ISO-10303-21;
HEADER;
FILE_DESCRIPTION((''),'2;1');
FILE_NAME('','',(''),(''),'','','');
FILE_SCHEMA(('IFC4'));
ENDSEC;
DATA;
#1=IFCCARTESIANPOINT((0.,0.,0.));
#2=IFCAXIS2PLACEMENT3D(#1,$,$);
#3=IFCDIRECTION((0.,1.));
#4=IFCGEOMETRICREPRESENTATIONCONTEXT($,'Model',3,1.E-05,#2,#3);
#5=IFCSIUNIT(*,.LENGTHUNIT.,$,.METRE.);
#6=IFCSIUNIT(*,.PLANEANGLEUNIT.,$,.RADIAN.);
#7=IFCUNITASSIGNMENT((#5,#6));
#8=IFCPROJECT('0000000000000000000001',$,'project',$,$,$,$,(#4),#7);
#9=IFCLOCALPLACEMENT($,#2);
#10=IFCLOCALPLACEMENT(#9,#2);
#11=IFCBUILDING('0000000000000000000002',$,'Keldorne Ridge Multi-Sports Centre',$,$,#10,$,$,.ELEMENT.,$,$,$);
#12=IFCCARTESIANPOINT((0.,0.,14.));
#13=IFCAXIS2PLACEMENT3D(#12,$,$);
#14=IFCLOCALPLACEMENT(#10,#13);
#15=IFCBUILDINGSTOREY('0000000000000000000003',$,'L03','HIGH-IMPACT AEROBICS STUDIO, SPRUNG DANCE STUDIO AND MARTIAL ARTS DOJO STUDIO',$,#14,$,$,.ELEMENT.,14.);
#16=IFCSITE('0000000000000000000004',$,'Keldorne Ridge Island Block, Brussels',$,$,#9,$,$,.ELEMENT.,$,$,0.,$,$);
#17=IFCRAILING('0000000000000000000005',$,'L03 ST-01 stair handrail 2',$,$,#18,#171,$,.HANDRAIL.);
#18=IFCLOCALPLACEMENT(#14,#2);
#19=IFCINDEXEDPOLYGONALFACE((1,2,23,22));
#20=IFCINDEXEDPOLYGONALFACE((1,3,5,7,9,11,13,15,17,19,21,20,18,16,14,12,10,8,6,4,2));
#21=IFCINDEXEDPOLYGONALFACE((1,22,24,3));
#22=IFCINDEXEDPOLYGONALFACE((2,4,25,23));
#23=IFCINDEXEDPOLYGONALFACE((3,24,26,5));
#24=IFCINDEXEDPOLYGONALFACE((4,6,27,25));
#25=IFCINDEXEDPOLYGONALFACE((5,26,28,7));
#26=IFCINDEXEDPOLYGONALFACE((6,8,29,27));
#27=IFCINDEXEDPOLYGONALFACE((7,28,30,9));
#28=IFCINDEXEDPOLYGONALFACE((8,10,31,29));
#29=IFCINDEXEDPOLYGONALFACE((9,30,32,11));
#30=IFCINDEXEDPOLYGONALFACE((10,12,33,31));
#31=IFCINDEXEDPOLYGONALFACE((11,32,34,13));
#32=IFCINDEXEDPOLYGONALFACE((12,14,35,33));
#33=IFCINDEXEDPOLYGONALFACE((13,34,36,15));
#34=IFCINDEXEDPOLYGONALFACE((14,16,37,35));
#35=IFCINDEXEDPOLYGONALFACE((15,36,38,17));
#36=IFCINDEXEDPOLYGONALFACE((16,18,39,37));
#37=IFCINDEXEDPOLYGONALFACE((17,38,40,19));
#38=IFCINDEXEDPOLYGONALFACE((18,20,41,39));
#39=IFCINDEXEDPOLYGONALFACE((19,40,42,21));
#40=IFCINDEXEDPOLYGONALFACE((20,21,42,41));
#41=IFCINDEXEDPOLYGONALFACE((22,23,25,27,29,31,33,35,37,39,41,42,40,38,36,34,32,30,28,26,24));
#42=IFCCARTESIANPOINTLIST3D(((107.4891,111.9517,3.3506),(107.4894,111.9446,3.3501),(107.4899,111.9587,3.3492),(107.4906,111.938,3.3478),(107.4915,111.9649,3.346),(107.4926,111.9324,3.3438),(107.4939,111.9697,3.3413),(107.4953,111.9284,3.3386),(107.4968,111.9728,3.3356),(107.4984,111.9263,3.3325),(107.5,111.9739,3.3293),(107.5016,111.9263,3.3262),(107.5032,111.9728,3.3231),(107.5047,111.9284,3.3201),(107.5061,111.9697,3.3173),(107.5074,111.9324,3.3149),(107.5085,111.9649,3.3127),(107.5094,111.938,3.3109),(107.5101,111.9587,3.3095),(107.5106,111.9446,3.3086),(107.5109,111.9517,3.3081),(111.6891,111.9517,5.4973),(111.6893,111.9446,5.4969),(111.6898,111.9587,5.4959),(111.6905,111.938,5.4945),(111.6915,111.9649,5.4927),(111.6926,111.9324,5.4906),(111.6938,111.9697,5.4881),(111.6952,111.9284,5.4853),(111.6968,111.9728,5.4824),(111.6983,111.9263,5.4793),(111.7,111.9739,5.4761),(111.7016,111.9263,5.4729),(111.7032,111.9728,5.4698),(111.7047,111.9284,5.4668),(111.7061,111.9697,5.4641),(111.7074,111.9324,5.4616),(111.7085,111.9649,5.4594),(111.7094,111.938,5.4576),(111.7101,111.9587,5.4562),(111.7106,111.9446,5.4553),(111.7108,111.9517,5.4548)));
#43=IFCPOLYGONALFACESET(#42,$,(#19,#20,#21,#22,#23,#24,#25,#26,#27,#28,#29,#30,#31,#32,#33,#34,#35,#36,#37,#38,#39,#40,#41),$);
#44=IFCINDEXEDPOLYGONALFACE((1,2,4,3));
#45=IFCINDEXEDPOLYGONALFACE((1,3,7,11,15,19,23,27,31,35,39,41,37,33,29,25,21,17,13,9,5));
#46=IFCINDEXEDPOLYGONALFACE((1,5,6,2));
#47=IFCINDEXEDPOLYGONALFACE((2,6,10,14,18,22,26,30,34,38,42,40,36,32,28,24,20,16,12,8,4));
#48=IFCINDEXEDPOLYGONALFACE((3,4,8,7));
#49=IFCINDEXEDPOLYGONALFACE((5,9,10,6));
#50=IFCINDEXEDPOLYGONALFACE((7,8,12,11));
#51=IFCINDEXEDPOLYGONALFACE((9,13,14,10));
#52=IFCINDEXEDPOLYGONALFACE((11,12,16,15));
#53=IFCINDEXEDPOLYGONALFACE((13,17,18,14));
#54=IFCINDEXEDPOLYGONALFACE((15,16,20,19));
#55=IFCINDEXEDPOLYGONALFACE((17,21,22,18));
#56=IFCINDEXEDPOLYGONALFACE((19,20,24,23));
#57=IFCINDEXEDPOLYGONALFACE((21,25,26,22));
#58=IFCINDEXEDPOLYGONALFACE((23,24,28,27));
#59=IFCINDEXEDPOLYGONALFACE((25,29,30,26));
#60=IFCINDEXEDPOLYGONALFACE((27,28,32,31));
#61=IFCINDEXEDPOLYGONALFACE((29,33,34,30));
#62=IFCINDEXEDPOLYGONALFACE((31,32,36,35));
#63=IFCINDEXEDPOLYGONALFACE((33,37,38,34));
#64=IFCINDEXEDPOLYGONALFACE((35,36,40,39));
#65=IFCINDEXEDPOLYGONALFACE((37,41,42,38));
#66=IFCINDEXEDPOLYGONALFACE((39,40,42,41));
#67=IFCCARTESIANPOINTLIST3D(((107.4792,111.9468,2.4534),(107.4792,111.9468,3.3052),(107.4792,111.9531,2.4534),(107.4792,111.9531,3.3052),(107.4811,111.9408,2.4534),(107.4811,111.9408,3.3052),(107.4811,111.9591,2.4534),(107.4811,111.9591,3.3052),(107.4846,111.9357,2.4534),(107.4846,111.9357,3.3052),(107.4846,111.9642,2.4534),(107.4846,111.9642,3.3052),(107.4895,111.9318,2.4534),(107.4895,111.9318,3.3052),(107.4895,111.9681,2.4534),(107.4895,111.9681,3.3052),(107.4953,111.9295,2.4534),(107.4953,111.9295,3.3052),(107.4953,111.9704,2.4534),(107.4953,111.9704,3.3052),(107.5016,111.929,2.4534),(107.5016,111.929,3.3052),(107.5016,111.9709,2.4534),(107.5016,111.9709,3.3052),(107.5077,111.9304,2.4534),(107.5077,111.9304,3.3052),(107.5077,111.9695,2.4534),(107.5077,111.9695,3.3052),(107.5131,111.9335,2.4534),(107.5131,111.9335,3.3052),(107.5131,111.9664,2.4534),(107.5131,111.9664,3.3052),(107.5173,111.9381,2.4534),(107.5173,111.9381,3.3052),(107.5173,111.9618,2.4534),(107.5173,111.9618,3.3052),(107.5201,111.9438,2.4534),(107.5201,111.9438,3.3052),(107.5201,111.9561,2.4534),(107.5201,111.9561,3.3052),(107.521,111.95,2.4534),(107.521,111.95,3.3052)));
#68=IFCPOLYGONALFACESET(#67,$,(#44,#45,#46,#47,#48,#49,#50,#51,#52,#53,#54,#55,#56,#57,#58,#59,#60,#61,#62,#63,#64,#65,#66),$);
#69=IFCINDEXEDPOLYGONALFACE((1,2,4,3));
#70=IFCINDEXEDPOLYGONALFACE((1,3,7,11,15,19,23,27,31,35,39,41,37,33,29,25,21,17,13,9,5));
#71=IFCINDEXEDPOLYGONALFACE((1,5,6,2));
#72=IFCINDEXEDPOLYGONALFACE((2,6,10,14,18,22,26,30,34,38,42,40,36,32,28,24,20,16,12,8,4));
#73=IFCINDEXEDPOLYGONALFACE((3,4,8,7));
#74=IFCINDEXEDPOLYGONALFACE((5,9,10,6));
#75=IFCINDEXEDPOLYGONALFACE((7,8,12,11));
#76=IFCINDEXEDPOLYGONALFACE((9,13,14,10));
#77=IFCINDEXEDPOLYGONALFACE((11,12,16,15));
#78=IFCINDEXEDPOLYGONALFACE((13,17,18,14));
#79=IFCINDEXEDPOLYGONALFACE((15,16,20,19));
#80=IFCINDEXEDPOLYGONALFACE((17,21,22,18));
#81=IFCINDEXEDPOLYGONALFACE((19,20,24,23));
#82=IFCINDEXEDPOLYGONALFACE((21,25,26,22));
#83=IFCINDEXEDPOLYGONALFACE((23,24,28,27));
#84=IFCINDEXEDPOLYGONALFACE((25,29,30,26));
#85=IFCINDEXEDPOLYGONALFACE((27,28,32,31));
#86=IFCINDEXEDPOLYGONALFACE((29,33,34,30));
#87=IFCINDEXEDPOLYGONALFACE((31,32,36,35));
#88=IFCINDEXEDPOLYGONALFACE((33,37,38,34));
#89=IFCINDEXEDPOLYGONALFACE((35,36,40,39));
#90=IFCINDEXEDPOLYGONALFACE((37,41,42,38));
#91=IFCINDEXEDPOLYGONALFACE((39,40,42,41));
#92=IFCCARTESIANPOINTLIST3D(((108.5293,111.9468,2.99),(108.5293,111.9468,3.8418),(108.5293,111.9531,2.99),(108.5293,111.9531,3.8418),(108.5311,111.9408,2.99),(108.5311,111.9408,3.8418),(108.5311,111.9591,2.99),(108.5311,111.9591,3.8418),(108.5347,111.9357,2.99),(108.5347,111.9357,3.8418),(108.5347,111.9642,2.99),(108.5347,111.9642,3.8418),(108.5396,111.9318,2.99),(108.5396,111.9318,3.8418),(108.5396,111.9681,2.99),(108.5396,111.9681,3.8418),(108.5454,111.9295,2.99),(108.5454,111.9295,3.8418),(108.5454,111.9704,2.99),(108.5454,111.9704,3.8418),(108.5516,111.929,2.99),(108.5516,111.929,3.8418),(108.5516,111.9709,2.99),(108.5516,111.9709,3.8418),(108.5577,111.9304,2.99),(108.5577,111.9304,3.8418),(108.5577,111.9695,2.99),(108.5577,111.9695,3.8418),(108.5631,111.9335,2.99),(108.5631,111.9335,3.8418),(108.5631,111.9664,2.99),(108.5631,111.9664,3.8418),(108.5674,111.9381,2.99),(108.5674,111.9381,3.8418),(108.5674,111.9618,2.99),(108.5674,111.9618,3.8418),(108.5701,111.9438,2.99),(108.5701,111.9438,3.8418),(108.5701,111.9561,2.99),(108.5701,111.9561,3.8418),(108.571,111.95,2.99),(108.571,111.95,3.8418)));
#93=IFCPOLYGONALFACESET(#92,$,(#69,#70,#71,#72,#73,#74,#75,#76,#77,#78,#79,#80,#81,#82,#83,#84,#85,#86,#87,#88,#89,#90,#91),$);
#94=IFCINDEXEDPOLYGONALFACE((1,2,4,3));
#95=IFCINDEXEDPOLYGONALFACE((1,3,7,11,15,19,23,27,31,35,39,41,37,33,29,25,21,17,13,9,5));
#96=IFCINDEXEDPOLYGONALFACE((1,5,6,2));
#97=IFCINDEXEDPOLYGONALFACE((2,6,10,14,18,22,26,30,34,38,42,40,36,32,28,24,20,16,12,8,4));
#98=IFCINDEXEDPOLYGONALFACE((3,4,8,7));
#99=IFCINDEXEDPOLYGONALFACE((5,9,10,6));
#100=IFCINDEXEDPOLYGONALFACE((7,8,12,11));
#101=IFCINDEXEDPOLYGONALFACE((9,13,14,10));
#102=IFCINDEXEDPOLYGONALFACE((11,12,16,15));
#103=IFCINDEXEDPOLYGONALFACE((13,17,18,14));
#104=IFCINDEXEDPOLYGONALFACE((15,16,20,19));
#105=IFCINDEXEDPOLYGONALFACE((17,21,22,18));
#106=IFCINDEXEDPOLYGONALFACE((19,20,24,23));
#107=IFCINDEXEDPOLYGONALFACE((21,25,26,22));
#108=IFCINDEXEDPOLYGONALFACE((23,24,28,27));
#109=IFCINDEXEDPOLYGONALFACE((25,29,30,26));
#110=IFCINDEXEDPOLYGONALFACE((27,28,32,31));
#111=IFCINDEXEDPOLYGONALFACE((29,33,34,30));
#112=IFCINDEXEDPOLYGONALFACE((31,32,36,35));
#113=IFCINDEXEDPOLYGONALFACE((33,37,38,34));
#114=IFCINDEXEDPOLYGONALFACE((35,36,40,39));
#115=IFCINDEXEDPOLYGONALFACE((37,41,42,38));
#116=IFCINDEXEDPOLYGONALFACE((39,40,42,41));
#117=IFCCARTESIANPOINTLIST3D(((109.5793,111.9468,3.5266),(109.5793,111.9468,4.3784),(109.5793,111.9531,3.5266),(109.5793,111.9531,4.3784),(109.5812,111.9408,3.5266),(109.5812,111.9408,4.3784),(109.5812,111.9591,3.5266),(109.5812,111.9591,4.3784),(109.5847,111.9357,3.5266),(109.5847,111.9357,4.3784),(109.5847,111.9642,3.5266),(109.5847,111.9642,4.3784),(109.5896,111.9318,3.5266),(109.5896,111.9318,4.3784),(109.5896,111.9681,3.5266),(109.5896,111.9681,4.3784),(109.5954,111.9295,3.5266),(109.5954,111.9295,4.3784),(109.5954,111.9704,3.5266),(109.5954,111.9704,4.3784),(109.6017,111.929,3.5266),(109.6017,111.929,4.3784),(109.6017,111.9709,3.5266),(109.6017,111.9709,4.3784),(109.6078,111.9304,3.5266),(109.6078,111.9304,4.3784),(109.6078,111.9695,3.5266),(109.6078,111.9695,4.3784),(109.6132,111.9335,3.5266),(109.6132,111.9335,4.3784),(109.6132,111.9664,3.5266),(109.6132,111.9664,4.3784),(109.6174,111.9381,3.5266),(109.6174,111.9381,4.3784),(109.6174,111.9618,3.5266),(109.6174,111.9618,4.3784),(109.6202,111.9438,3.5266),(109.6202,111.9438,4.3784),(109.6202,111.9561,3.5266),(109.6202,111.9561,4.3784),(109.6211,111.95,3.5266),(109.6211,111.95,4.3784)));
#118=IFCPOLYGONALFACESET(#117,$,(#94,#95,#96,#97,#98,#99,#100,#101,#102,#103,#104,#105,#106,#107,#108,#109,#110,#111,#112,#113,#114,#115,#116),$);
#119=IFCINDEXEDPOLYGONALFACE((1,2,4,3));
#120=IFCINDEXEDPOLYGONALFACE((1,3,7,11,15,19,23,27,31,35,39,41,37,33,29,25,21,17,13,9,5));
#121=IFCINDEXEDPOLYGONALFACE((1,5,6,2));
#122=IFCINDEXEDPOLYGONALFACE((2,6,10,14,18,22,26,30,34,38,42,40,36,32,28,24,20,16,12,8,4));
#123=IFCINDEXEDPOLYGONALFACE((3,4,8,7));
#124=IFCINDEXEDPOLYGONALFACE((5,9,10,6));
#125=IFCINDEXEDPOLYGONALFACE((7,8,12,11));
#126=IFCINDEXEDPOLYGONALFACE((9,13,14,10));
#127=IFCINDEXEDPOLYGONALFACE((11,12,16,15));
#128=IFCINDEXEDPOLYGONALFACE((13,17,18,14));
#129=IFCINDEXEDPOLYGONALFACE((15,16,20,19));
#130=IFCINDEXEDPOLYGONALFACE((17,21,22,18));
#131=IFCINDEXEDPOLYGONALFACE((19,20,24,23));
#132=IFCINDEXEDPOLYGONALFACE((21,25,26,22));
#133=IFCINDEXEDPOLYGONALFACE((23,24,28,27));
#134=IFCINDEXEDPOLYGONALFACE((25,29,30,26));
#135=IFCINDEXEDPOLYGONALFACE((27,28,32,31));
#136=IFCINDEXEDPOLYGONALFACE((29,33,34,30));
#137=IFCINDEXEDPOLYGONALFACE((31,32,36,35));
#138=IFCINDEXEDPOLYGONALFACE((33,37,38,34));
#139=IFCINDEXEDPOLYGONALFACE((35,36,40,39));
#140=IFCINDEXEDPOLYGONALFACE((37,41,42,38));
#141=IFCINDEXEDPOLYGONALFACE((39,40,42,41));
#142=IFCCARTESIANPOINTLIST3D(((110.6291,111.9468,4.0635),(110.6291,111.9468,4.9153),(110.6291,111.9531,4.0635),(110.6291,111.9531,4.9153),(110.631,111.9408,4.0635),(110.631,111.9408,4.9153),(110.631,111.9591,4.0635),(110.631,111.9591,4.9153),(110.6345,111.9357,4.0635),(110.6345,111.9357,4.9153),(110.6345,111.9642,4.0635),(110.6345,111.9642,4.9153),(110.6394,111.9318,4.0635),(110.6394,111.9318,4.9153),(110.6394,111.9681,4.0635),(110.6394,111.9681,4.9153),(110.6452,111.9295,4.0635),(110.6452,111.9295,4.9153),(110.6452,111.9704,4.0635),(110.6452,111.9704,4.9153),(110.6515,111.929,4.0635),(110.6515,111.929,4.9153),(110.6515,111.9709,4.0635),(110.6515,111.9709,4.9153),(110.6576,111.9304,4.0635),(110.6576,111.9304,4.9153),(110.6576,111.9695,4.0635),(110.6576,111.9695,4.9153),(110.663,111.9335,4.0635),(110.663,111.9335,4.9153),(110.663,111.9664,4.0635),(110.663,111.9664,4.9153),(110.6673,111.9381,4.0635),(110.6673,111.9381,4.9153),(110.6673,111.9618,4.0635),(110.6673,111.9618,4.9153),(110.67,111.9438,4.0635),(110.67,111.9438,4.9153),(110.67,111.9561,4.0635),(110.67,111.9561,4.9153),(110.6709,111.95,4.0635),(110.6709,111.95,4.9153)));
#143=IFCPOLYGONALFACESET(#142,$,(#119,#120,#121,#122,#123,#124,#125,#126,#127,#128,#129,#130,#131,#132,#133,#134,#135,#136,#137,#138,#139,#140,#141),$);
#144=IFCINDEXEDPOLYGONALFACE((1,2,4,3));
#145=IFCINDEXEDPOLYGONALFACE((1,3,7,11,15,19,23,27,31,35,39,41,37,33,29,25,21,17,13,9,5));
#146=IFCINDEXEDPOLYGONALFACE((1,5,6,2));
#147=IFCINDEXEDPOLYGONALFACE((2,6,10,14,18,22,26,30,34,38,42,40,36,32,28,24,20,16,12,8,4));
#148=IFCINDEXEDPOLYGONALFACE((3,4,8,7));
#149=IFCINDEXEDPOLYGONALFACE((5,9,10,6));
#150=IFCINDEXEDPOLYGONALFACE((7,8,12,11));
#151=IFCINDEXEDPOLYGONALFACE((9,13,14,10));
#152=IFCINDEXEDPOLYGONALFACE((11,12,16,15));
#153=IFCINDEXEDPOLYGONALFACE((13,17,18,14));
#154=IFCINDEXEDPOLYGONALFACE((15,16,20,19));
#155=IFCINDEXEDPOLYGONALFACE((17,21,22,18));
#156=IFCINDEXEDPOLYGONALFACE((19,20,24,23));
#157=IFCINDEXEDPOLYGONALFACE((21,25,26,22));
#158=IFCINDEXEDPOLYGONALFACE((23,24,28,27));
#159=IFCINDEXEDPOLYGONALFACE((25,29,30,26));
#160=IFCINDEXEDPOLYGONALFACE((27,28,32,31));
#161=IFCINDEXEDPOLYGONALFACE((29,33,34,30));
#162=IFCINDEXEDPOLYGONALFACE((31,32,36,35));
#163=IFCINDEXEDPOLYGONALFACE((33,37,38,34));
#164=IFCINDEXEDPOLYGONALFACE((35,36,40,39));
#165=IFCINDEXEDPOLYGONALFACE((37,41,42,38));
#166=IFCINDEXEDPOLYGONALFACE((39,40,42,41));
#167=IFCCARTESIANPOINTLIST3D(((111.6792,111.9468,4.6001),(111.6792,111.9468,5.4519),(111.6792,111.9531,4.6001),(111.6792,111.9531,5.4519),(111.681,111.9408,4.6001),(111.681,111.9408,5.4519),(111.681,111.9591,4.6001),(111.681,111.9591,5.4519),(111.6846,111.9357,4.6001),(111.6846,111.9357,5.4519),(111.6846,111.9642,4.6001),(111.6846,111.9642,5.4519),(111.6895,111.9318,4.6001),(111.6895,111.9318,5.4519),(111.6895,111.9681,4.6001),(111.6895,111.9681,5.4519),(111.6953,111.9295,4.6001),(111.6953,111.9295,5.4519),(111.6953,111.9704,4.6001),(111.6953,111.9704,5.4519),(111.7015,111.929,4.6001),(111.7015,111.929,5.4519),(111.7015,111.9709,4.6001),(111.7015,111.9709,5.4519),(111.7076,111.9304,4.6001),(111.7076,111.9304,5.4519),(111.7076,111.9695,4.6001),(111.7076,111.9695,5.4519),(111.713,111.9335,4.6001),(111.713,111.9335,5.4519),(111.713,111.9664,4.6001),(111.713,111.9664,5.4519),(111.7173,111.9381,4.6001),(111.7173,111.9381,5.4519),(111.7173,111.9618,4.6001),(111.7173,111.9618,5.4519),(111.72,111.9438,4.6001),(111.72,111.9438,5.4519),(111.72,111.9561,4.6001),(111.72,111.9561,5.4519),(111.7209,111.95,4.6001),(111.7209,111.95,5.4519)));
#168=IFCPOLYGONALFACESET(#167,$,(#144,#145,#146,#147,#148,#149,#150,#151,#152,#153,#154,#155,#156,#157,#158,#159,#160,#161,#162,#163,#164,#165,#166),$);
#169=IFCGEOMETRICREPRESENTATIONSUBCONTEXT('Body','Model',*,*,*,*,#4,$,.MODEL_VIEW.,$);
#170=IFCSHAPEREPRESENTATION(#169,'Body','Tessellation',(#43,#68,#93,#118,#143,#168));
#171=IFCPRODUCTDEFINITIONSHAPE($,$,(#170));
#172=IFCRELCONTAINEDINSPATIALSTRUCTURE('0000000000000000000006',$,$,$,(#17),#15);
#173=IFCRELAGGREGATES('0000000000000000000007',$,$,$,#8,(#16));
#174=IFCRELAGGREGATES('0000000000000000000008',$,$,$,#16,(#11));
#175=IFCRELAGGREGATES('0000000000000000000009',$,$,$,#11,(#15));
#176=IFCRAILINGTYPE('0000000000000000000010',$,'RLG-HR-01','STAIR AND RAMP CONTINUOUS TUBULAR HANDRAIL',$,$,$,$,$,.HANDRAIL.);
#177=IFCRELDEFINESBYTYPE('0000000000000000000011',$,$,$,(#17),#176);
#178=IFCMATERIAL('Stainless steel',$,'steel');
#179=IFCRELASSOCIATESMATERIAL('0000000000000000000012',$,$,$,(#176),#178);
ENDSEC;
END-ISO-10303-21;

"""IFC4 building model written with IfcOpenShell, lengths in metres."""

from ifc_helpers import new_model, si_unit, direction, frame, origin, origin_2d, place, context, subcontext, project, spatial, circle, extrude, material, type_object, element, save


model = new_model("IFC4")

# Units and contexts
model_context = context("Model", 3, precision=1e-05, world=origin(), true_north=direction((0.0, 1.0)))
body_context = subcontext(model_context, "Body", "Model", "MODEL_VIEW")
ifc_project = project(units=[si_unit("LENGTHUNIT", "METRE"), si_unit("PLANEANGLEUNIT", "RADIAN")], contexts=[model_context])

# Site, building, storey
site_placement = place(None, origin())
site = spatial("IfcSite", under=ifc_project, at=site_placement, Name="Keldorne Ridge Island Block, Brussels", CompositionType="ELEMENT", RefElevation=0.0)
building_placement = place(site_placement, origin())
building = spatial("IfcBuilding", under=site, at=building_placement, Name="Keldorne Ridge Multi-Sports Centre", CompositionType="ELEMENT")
storey_placement = place(building_placement, frame((0.0, 0.0, 14.0)))
storey = spatial("IfcBuildingStorey", under=building, at=storey_placement, Name="L03", Description="HIGH-IMPACT AEROBICS STUDIO, SPRUNG DANCE STUDIO AND MARTIAL ARTS DOJO STUDIO", CompositionType="ELEMENT", Elevation=14.0)

# Shared definitions
ifc_material_1 = material(Name="Stainless steel", Category="steel")

# Railing
railing_type_1 = type_object("IfcRailingType", Name="RLG-HR-01", Description="STAIR AND RAMP CONTINUOUS TUBULAR HANDRAIL", PredefinedType="HANDRAIL", material=ifc_material_1)
railing_1_placement = place(storey_placement, frame((107.5, 111.95, 2.4534)))
element("IfcRailing", 1, at=railing_1_placement, inside=storey, type_object=railing_type_1, Name="L03 ST-01 stair handrail 2", PredefinedType="HANDRAIL", context=body_context, shape_type="SweptSolid", body=[
    extrude(circle(Radius=0.0239, at=origin_2d()), frame((0.0, 0.0, 0.876), z_axis=(0.890427, 0.0, 0.455126), x_axis=(0.0, 1.0, 0.0)), (0.0, 0.0, 1.0), 4.7168),
    extrude(circle(Radius=0.021, at=origin_2d()), origin(), (0.0, 0.0, 1.0), 0.8518),
    extrude(circle(Radius=0.021, at=origin_2d()), frame((1.05, 0.0, 0.5366)), (0.0, 0.0, 1.0), 0.8518),
    extrude(circle(Radius=0.021, at=origin_2d()), frame((2.1001, 0.0, 1.0732)), (0.0, 0.0, 1.0), 0.8518),
    extrude(circle(Radius=0.021, at=origin_2d()), frame((3.1499, 0.0, 1.6101)), (0.0, 0.0, 1.0), 0.8518),
    extrude(circle(Radius=0.021, at=origin_2d()), frame((4.2, 0.0, 2.1467)), (0.0, 0.0, 1.0), 0.8518),
])

save(model, "model.ifc")
